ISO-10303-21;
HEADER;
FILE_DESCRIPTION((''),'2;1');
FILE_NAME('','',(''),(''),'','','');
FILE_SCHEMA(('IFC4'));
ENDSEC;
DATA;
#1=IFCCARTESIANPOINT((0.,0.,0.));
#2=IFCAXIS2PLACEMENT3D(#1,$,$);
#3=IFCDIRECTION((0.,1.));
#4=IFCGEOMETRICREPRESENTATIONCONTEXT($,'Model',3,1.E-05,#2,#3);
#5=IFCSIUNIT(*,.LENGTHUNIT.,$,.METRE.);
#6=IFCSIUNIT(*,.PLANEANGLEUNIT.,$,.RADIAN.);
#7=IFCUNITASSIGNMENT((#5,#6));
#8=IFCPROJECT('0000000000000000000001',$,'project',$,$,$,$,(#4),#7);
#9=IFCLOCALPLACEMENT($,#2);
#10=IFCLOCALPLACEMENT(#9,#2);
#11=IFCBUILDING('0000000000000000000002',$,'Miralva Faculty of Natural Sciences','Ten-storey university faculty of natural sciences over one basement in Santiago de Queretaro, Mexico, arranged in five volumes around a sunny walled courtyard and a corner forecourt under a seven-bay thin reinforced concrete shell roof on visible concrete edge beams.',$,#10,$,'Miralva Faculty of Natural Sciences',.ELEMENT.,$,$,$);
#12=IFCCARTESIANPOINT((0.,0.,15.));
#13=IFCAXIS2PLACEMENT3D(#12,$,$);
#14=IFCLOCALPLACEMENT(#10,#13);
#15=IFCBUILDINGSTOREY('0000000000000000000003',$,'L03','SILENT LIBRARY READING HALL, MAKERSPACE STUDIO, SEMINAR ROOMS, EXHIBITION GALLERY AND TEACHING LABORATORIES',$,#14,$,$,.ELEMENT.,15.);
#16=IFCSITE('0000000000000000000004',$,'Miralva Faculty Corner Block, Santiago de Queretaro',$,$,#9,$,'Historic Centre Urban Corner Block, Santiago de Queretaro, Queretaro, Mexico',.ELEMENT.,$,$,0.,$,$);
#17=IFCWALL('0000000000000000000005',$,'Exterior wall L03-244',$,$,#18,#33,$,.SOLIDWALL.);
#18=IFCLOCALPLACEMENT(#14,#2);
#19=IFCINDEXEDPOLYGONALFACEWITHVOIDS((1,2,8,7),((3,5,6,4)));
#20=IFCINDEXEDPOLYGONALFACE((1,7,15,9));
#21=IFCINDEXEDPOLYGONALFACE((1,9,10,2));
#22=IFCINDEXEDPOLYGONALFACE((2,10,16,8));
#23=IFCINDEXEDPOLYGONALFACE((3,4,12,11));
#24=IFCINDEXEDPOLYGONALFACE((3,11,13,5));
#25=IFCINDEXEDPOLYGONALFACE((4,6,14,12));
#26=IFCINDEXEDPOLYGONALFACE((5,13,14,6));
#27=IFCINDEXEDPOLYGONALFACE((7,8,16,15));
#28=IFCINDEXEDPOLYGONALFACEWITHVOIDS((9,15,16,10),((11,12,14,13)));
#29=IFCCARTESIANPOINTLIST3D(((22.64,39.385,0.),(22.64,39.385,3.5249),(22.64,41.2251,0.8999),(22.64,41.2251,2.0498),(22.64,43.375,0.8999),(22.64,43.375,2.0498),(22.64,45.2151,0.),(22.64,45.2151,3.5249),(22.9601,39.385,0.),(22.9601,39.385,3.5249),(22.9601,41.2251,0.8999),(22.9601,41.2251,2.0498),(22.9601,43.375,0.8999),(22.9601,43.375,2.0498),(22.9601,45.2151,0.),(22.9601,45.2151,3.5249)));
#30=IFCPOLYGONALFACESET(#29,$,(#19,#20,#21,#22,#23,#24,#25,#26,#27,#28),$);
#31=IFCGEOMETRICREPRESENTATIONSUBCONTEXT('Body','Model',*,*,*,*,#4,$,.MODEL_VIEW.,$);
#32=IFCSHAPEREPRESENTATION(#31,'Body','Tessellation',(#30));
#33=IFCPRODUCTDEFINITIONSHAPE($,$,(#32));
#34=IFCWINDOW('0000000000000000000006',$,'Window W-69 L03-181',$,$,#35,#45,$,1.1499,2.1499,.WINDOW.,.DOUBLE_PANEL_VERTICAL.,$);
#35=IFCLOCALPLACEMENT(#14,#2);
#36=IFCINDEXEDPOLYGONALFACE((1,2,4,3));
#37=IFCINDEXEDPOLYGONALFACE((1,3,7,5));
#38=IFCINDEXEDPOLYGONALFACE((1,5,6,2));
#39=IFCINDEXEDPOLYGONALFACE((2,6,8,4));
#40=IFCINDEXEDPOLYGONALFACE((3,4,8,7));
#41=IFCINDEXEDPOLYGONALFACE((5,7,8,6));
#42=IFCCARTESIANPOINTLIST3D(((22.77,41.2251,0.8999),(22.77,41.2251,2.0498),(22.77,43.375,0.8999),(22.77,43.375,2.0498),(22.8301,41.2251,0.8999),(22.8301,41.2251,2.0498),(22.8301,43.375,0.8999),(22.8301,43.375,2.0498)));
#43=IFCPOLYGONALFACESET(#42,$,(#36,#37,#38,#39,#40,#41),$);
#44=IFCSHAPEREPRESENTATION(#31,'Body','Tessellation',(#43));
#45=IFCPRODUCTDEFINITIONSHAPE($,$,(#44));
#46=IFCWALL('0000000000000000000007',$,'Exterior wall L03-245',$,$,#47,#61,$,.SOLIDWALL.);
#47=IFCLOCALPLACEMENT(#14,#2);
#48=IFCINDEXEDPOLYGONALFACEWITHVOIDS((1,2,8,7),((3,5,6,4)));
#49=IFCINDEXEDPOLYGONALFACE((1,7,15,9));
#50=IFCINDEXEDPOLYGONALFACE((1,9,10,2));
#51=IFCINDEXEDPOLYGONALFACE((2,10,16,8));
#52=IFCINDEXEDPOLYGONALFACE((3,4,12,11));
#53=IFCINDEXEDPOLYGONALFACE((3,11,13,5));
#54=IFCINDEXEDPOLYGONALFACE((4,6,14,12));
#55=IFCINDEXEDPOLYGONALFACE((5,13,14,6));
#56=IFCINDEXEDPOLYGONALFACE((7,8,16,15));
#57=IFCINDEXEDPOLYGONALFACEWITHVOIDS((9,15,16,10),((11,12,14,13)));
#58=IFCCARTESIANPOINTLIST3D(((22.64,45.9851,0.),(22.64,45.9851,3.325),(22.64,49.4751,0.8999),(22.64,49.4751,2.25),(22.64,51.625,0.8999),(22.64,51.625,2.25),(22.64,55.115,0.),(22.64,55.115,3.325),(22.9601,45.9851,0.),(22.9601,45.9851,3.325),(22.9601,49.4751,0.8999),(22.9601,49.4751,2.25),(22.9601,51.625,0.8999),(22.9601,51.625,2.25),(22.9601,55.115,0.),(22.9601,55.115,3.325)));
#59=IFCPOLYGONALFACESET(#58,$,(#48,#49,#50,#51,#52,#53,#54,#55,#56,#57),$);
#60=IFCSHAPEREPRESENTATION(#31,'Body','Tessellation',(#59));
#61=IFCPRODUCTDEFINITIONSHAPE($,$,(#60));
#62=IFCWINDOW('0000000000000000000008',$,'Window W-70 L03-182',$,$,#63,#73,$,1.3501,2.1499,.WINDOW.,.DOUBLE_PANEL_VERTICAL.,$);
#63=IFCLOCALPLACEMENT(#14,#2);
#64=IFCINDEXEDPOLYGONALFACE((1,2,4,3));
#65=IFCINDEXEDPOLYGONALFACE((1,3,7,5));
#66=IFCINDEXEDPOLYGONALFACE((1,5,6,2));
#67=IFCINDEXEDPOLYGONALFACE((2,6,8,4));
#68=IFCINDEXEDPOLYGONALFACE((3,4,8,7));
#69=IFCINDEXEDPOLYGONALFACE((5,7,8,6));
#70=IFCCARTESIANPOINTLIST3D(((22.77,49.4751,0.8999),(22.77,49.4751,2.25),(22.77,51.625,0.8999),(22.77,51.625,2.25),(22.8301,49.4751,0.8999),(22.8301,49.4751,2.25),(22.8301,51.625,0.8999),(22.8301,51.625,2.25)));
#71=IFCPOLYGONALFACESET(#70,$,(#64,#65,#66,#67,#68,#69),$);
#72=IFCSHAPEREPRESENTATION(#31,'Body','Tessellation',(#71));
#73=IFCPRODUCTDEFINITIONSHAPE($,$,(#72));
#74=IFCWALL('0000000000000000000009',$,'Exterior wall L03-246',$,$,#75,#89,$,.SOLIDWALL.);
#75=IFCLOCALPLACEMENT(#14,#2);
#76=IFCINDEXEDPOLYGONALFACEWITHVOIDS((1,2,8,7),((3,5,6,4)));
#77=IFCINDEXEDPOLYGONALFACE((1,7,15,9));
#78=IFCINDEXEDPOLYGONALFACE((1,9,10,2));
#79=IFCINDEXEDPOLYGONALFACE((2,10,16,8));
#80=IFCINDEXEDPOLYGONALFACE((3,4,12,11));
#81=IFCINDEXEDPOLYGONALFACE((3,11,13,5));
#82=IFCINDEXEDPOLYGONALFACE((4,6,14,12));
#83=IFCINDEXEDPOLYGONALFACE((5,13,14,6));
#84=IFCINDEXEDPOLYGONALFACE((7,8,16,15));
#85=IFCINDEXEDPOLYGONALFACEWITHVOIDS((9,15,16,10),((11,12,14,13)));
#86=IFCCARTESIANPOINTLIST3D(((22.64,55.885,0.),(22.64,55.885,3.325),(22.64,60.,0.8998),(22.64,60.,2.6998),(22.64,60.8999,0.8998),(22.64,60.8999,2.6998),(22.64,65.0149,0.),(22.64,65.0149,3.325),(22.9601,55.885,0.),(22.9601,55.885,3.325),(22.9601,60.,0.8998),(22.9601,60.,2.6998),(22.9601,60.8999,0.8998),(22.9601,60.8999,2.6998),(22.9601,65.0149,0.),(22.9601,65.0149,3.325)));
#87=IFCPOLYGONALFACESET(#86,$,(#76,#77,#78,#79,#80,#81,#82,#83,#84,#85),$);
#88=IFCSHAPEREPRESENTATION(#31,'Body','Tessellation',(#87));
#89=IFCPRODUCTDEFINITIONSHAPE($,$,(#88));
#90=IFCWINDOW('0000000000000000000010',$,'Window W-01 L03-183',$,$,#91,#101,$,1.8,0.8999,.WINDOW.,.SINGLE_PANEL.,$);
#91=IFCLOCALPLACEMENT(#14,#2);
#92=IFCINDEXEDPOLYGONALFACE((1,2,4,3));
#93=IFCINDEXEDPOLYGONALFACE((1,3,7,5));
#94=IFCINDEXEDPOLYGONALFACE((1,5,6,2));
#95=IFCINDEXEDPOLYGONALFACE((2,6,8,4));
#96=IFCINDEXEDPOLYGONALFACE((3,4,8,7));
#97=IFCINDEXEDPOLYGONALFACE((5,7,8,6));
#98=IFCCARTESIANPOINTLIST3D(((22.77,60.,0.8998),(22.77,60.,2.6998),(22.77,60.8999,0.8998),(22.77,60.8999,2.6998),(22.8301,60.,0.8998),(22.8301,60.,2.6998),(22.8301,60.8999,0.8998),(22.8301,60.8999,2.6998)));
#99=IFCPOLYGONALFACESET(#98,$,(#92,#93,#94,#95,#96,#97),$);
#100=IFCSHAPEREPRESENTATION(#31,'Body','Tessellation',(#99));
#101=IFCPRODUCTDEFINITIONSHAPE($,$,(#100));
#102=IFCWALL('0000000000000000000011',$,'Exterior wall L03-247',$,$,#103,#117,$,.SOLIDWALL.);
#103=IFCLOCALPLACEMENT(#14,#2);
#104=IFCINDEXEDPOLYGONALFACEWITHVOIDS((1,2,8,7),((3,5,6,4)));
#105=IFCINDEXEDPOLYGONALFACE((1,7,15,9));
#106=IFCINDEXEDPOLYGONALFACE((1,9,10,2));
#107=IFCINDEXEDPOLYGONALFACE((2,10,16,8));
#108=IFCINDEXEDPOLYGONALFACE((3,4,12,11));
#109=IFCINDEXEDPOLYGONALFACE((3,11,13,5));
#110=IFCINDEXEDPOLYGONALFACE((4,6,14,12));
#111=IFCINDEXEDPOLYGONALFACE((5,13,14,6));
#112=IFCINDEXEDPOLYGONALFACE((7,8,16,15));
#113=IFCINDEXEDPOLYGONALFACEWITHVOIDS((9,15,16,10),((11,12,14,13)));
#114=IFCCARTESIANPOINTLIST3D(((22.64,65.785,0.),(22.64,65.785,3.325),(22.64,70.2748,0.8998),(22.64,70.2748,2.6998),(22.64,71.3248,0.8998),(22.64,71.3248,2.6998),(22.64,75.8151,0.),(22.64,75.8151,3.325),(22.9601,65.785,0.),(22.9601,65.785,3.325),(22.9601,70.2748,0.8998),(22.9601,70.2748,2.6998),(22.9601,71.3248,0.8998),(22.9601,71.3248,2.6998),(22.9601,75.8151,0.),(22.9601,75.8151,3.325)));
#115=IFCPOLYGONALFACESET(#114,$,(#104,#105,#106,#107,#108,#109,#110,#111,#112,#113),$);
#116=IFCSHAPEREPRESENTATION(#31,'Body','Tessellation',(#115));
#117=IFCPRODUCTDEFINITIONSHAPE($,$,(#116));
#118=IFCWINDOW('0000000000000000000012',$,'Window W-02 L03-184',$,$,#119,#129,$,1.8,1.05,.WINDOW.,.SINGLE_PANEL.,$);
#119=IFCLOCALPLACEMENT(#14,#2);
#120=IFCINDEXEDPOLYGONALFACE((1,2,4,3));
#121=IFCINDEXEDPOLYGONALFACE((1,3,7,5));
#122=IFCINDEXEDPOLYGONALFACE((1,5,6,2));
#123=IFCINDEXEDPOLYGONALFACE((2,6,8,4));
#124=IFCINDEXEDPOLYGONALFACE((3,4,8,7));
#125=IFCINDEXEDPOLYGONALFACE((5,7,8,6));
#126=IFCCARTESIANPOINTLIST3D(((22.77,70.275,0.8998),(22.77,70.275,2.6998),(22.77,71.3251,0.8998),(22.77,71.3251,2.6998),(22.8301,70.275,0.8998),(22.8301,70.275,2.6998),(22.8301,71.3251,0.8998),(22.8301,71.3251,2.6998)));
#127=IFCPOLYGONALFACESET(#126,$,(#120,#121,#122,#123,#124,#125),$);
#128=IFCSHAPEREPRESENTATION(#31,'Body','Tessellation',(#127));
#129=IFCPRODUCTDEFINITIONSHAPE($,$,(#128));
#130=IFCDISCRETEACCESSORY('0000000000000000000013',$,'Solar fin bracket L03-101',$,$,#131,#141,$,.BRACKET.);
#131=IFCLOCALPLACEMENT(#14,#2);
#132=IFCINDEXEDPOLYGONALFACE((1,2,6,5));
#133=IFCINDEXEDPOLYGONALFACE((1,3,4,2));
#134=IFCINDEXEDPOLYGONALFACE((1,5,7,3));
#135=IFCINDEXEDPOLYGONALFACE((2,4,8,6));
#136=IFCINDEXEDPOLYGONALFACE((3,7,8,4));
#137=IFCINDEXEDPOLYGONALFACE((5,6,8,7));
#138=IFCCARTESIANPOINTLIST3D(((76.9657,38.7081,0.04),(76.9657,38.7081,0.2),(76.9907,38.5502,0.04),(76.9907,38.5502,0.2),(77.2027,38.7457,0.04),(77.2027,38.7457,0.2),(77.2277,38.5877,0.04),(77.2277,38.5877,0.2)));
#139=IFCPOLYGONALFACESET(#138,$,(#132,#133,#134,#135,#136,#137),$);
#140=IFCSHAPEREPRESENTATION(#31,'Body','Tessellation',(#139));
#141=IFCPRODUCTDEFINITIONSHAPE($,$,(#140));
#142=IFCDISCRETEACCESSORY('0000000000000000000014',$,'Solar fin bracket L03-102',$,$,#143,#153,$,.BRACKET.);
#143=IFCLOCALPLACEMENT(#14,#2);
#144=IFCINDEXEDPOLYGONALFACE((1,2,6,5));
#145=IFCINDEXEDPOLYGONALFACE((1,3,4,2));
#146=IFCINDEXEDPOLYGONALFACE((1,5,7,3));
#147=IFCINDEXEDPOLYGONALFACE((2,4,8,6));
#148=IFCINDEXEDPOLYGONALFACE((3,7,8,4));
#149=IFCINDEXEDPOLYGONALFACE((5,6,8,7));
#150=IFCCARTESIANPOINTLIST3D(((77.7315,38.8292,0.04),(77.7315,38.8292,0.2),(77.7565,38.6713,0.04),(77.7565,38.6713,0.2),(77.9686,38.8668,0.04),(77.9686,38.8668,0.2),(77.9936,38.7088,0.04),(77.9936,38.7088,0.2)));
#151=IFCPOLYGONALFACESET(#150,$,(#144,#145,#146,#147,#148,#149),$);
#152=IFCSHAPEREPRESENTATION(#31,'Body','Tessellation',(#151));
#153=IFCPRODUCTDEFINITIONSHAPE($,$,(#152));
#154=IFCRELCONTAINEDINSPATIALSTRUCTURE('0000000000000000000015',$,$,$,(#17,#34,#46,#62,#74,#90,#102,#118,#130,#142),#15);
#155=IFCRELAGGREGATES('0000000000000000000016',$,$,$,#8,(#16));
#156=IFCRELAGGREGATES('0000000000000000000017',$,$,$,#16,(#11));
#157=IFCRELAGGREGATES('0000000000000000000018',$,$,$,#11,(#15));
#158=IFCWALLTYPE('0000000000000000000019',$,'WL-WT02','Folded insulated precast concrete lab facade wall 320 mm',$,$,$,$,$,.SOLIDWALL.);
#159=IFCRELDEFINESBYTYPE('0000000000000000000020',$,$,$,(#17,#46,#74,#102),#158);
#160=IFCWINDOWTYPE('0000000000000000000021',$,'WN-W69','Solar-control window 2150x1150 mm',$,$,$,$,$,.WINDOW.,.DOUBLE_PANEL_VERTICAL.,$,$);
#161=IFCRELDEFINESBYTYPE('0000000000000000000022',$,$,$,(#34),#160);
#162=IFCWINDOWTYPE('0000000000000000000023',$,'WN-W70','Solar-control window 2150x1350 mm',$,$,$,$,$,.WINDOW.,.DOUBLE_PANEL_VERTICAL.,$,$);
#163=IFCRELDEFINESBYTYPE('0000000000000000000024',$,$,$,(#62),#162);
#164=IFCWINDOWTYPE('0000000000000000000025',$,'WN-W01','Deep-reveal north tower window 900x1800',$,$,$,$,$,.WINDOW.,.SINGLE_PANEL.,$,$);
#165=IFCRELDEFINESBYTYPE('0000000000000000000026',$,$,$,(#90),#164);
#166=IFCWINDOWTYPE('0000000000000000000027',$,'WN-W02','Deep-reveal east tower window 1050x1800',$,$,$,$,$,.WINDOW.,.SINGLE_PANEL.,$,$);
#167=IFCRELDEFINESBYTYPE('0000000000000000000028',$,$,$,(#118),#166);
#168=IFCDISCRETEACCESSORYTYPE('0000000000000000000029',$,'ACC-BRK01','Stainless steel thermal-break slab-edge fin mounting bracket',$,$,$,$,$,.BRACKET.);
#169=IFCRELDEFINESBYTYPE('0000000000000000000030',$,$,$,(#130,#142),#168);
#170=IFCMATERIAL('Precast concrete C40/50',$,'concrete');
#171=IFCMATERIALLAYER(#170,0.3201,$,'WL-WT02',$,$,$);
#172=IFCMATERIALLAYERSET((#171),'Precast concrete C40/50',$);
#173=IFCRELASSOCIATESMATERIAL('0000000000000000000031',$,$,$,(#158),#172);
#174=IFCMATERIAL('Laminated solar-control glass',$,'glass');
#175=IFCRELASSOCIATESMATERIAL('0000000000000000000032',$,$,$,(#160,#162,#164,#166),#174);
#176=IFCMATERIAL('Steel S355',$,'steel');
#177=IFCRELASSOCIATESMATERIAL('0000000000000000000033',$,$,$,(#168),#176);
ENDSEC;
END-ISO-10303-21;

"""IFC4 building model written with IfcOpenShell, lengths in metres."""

from ifc_helpers import new_model, si_unit, direction, frame, frame_2d, origin, origin_2d, place, context, subcontext, project, spatial, rectangle, extrude, material, layer, layer_set, type_object, element, fill, save


model = new_model("IFC4")

# Units and contexts
model_context = context("Model", 3, precision=1e-05, world=origin(), true_north=direction((0.0, 1.0)))
body_context = subcontext(model_context, "Body", "Model", "MODEL_VIEW")
ifc_project = project(units=[si_unit("LENGTHUNIT", "METRE"), si_unit("PLANEANGLEUNIT", "RADIAN")], contexts=[model_context])

# Site, building, storey
site_placement = place(None, origin())
site = spatial("IfcSite", under=ifc_project, at=site_placement, Name="Miralva Faculty Corner Block, Santiago de Queretaro", LongName="Historic Centre Urban Corner Block, Santiago de Queretaro, Queretaro, Mexico", CompositionType="ELEMENT", RefElevation=0.0)
building_placement = place(site_placement, origin())
building = spatial("IfcBuilding", under=site, at=building_placement, Name="Miralva Faculty of Natural Sciences", Description="Ten-storey university faculty of natural sciences over one basement in Santiago de Queretaro, Mexico, arranged in five volumes around a sunny walled courtyard and a corner forecourt under a seven-bay thin reinforced concrete shell roof on visible concrete edge beams.", LongName="Miralva Faculty of Natural Sciences", CompositionType="ELEMENT")
storey_placement = place(building_placement, frame((0.0, 0.0, 15.0)))
storey = spatial("IfcBuildingStorey", under=building, at=storey_placement, Name="L03", Description="SILENT LIBRARY READING HALL, MAKERSPACE STUDIO, SEMINAR ROOMS, EXHIBITION GALLERY AND TEACHING LABORATORIES", CompositionType="ELEMENT", Elevation=15.0)

# Shared definitions
ifc_material_1 = material(Name="Laminated solar-control glass", Category="glass")

# Walls, openings, windows
ifc_material_2 = material(Name="Precast concrete C40/50", Category="concrete")
ifc_layer_1 = layer(ifc_material_2, 0.3201, Name="WL-WT02")
ifc_layer_set_1 = layer_set([ifc_layer_1], Name="Precast concrete C40/50")
wall_type = type_object("IfcWallType", Name="WL-WT02", Description="Folded insulated precast concrete lab facade wall 320 mm", PredefinedType="SOLIDWALL", material=ifc_layer_set_1)
wall_1_placement = place(storey_placement, frame((22.8, 39.385, 0.0), z_axis=(0.0, 0.0, 1.0), x_axis=(0.0, 1.0, 0.0)))
wall_1 = element("IfcWall", 1, at=wall_1_placement, inside=storey, type_object=wall_type, Name="Exterior wall L03-244", PredefinedType="SOLIDWALL", context=body_context, shape_type="SweptSolid", body=[
    extrude(rectangle(XDim=5.8301, YDim=0.3201, at=frame_2d((2.915, 0.0))), origin(), (0.0, 0.0, 1.0), 3.5249),
])
opening_1_placement = place(wall_1_placement, frame((1.8401, 0.0, 0.8999)))
opening_1 = element("IfcOpeningElement", 2, at=opening_1_placement, cuts=wall_1, PredefinedType="OPENING", context=body_context, shape_type="SweptSolid", body=[
    extrude(rectangle(XDim=2.1499, YDim=1.1499, at=frame_2d((1.075, 0.575))), frame((0.0, 0.1699, 0.0), z_axis=(0.0, -1.0, 0.0), x_axis=(1.0, 0.0, 0.0)), (0.0, 0.0, 1.0), 0.3401),
])
window_type_1 = type_object("IfcWindowType", Name="WN-W69", Description="Solar-control window 2150x1150 mm", PartitioningType="DOUBLE_PANEL_VERTICAL", PredefinedType="WINDOW", material=ifc_material_1)
window_1_placement = place(opening_1_placement, frame((2.1499, 0.0, 0.0), z_axis=(0.0, 0.0, 1.0), x_axis=(-1.0, 0.0, 0.0)))
window_1 = element("IfcWindow", 3, at=window_1_placement, inside=storey, type_object=window_type_1, Name="Window W-69 L03-181", OverallHeight=1.1499, OverallWidth=2.1499, PartitioningType="DOUBLE_PANEL_VERTICAL", PredefinedType="WINDOW", context=body_context, shape_type="SweptSolid", body=[
    extrude(rectangle(XDim=2.1499, YDim=1.1499, at=frame_2d((1.075, 0.575))), frame((0.0, 0.03, 0.0), z_axis=(0.0, -1.0, 0.0), x_axis=(1.0, 0.0, 0.0)), (0.0, 0.0, 1.0), 0.0601),
])
fill(opening_1, window_1)
wall_2_placement = place(storey_placement, frame((22.8, 45.9851, 0.0), z_axis=(0.0, 0.0, 1.0), x_axis=(0.0, 1.0, 0.0)))
wall_2 = element("IfcWall", 4, at=wall_2_placement, inside=storey, type_object=wall_type, Name="Exterior wall L03-245", PredefinedType="SOLIDWALL", context=body_context, shape_type="SweptSolid", body=[
    extrude(rectangle(XDim=9.1299, YDim=0.3201, at=frame_2d((4.5649, 0.0))), origin(), (0.0, 0.0, 1.0), 3.325),
])
opening_2_placement = place(wall_2_placement, frame((3.49, 0.0, 0.8999)))
opening_2 = element("IfcOpeningElement", 5, at=opening_2_placement, cuts=wall_2, PredefinedType="OPENING", context=body_context, shape_type="SweptSolid", body=[
    extrude(rectangle(XDim=2.1499, YDim=1.3501, at=frame_2d((1.075, 0.675))), frame((0.0, 0.1699, 0.0), z_axis=(0.0, -1.0, 0.0), x_axis=(1.0, 0.0, 0.0)), (0.0, 0.0, 1.0), 0.3401),
])
window_type_2 = type_object("IfcWindowType", Name="WN-W70", Description="Solar-control window 2150x1350 mm", PartitioningType="DOUBLE_PANEL_VERTICAL", PredefinedType="WINDOW", material=ifc_material_1)
window_2_placement = place(opening_2_placement, frame((2.1499, 0.0, 0.0), z_axis=(0.0, 0.0, 1.0), x_axis=(-1.0, 0.0, 0.0)))
window_2 = element("IfcWindow", 6, at=window_2_placement, inside=storey, type_object=window_type_2, Name="Window W-70 L03-182", OverallHeight=1.3501, OverallWidth=2.1499, PartitioningType="DOUBLE_PANEL_VERTICAL", PredefinedType="WINDOW", context=body_context, shape_type="SweptSolid", body=[
    extrude(rectangle(XDim=2.1499, YDim=1.3501, at=frame_2d((1.075, 0.675))), frame((0.0, 0.03, 0.0), z_axis=(0.0, -1.0, 0.0), x_axis=(1.0, 0.0, 0.0)), (0.0, 0.0, 1.0), 0.0601),
])
fill(opening_2, window_2)
wall_3_placement = place(storey_placement, frame((22.8, 55.885, 0.0), z_axis=(0.0, 0.0, 1.0), x_axis=(0.0, 1.0, 0.0)))
wall_3 = element("IfcWall", 7, at=wall_3_placement, inside=storey, type_object=wall_type, Name="Exterior wall L03-246", PredefinedType="SOLIDWALL", context=body_context, shape_type="SweptSolid", body=[
    extrude(rectangle(XDim=9.1299, YDim=0.3201, at=frame_2d((4.5649, 0.0))), origin(), (0.0, 0.0, 1.0), 3.325),
])
opening_3_placement = place(wall_3_placement, frame((4.115, 0.0, 0.8999)))
opening_3 = element("IfcOpeningElement", 8, at=opening_3_placement, cuts=wall_3, PredefinedType="OPENING", context=body_context, shape_type="SweptSolid", body=[
    extrude(rectangle(XDim=0.8999, YDim=1.8, at=frame_2d((0.45, 0.8999))), frame((0.0, 0.1699, 0.0), z_axis=(0.0, -1.0, 0.0), x_axis=(1.0, 0.0, 0.0)), (0.0, 0.0, 1.0), 0.3401),
])
window_type_3 = type_object("IfcWindowType", Name="WN-W01", Description="Deep-reveal north tower window 900x1800", PartitioningType="SINGLE_PANEL", PredefinedType="WINDOW", material=ifc_material_1)
window_3_placement = place(opening_3_placement, frame((0.8999, 0.0, 0.0), z_axis=(0.0, 0.0, 1.0), x_axis=(-1.0, 0.0, 0.0)))
window_3 = element("IfcWindow", 9, at=window_3_placement, inside=storey, type_object=window_type_3, Name="Window W-01 L03-183", OverallHeight=1.8, OverallWidth=0.8999, PartitioningType="SINGLE_PANEL", PredefinedType="WINDOW", context=body_context, shape_type="SweptSolid", body=[
    extrude(rectangle(XDim=0.8999, YDim=1.8, at=frame_2d((0.45, 0.8999))), frame((0.0, 0.03, 0.0), z_axis=(0.0, -1.0, 0.0), x_axis=(1.0, 0.0, 0.0)), (0.0, 0.0, 1.0), 0.0601),
])
fill(opening_3, window_3)
wall_4_placement = place(storey_placement, frame((22.8, 65.7849, 0.0), z_axis=(0.0, 0.0, 1.0), x_axis=(0.0, 1.0, 0.0)))
wall_4 = element("IfcWall", 10, at=wall_4_placement, inside=storey, type_object=wall_type, Name="Exterior wall L03-247", PredefinedType="SOLIDWALL", context=body_context, shape_type="SweptSolid", body=[
    extrude(rectangle(XDim=10.03, YDim=0.3201, at=frame_2d((5.0151, 0.0))), origin(), (0.0, 0.0, 1.0), 3.325),
])
opening_4_placement = place(wall_4_placement, frame((4.49, 0.0, 0.8999)))
opening_4 = element("IfcOpeningElement", 11, at=opening_4_placement, cuts=wall_4, PredefinedType="OPENING", context=body_context, shape_type="SweptSolid", body=[
    extrude(rectangle(XDim=1.05, YDim=1.8, at=frame_2d((0.5249, 0.8999))), frame((0.0, 0.1699, 0.0), z_axis=(0.0, -1.0, 0.0), x_axis=(1.0, 0.0, 0.0)), (0.0, 0.0, 1.0), 0.3401),
])
window_type_4 = type_object("IfcWindowType", Name="WN-W02", Description="Deep-reveal east tower window 1050x1800", PartitioningType="SINGLE_PANEL", PredefinedType="WINDOW", material=ifc_material_1)
window_4_placement = place(opening_4_placement, frame((1.05, 0.0, 0.0), z_axis=(0.0, 0.0, 1.0), x_axis=(-1.0, 0.0, 0.0)))
window_4 = element("IfcWindow", 12, at=window_4_placement, inside=storey, type_object=window_type_4, Name="Window W-02 L03-184", OverallHeight=1.8, OverallWidth=1.05, PartitioningType="SINGLE_PANEL", PredefinedType="WINDOW", context=body_context, shape_type="SweptSolid", body=[
    extrude(rectangle(XDim=1.05, YDim=1.8, at=frame_2d((0.5249, 0.8999))), frame((0.0, 0.03, 0.0), z_axis=(0.0, -1.0, 0.0), x_axis=(1.0, 0.0, 0.0)), (0.0, 0.0, 1.0), 0.0601),
])
fill(opening_4, window_4)

# Discrete accessories
ifc_material_3 = material(Name="Steel S355", Category="steel")
discrete_accessory_type = type_object("IfcDiscreteAccessoryType", Name="ACC-BRK01", Description="Stainless steel thermal-break slab-edge fin mounting bracket", PredefinedType="BRACKET", material=ifc_material_3)
for number, where, z_axis, x_axis, name in (
    (13, (77.0967, 38.6479, 0.04), (0.0, 0.0, 1.0), (-0.156434, 0.987688, 0.0), "Solar fin bracket L03-101"),
    (14, (77.8625, 38.769, 0.04), (0.0, 0.0, 1.0), (-0.156434, 0.987688, 0.0), "Solar fin bracket L03-102"),
):
    element("IfcDiscreteAccessory", number, at=place(storey_placement, frame(where, z_axis=z_axis, x_axis=x_axis)), inside=storey, type_object=discrete_accessory_type, Name=name, PredefinedType="BRACKET", context=body_context, shape_type="SweptSolid", body=[
        extrude(rectangle(XDim=0.1599, YDim=0.24, at=origin_2d()), origin(), (0.0, 0.0, 1.0), 0.1599),
    ])

save(model, "model.ifc")
